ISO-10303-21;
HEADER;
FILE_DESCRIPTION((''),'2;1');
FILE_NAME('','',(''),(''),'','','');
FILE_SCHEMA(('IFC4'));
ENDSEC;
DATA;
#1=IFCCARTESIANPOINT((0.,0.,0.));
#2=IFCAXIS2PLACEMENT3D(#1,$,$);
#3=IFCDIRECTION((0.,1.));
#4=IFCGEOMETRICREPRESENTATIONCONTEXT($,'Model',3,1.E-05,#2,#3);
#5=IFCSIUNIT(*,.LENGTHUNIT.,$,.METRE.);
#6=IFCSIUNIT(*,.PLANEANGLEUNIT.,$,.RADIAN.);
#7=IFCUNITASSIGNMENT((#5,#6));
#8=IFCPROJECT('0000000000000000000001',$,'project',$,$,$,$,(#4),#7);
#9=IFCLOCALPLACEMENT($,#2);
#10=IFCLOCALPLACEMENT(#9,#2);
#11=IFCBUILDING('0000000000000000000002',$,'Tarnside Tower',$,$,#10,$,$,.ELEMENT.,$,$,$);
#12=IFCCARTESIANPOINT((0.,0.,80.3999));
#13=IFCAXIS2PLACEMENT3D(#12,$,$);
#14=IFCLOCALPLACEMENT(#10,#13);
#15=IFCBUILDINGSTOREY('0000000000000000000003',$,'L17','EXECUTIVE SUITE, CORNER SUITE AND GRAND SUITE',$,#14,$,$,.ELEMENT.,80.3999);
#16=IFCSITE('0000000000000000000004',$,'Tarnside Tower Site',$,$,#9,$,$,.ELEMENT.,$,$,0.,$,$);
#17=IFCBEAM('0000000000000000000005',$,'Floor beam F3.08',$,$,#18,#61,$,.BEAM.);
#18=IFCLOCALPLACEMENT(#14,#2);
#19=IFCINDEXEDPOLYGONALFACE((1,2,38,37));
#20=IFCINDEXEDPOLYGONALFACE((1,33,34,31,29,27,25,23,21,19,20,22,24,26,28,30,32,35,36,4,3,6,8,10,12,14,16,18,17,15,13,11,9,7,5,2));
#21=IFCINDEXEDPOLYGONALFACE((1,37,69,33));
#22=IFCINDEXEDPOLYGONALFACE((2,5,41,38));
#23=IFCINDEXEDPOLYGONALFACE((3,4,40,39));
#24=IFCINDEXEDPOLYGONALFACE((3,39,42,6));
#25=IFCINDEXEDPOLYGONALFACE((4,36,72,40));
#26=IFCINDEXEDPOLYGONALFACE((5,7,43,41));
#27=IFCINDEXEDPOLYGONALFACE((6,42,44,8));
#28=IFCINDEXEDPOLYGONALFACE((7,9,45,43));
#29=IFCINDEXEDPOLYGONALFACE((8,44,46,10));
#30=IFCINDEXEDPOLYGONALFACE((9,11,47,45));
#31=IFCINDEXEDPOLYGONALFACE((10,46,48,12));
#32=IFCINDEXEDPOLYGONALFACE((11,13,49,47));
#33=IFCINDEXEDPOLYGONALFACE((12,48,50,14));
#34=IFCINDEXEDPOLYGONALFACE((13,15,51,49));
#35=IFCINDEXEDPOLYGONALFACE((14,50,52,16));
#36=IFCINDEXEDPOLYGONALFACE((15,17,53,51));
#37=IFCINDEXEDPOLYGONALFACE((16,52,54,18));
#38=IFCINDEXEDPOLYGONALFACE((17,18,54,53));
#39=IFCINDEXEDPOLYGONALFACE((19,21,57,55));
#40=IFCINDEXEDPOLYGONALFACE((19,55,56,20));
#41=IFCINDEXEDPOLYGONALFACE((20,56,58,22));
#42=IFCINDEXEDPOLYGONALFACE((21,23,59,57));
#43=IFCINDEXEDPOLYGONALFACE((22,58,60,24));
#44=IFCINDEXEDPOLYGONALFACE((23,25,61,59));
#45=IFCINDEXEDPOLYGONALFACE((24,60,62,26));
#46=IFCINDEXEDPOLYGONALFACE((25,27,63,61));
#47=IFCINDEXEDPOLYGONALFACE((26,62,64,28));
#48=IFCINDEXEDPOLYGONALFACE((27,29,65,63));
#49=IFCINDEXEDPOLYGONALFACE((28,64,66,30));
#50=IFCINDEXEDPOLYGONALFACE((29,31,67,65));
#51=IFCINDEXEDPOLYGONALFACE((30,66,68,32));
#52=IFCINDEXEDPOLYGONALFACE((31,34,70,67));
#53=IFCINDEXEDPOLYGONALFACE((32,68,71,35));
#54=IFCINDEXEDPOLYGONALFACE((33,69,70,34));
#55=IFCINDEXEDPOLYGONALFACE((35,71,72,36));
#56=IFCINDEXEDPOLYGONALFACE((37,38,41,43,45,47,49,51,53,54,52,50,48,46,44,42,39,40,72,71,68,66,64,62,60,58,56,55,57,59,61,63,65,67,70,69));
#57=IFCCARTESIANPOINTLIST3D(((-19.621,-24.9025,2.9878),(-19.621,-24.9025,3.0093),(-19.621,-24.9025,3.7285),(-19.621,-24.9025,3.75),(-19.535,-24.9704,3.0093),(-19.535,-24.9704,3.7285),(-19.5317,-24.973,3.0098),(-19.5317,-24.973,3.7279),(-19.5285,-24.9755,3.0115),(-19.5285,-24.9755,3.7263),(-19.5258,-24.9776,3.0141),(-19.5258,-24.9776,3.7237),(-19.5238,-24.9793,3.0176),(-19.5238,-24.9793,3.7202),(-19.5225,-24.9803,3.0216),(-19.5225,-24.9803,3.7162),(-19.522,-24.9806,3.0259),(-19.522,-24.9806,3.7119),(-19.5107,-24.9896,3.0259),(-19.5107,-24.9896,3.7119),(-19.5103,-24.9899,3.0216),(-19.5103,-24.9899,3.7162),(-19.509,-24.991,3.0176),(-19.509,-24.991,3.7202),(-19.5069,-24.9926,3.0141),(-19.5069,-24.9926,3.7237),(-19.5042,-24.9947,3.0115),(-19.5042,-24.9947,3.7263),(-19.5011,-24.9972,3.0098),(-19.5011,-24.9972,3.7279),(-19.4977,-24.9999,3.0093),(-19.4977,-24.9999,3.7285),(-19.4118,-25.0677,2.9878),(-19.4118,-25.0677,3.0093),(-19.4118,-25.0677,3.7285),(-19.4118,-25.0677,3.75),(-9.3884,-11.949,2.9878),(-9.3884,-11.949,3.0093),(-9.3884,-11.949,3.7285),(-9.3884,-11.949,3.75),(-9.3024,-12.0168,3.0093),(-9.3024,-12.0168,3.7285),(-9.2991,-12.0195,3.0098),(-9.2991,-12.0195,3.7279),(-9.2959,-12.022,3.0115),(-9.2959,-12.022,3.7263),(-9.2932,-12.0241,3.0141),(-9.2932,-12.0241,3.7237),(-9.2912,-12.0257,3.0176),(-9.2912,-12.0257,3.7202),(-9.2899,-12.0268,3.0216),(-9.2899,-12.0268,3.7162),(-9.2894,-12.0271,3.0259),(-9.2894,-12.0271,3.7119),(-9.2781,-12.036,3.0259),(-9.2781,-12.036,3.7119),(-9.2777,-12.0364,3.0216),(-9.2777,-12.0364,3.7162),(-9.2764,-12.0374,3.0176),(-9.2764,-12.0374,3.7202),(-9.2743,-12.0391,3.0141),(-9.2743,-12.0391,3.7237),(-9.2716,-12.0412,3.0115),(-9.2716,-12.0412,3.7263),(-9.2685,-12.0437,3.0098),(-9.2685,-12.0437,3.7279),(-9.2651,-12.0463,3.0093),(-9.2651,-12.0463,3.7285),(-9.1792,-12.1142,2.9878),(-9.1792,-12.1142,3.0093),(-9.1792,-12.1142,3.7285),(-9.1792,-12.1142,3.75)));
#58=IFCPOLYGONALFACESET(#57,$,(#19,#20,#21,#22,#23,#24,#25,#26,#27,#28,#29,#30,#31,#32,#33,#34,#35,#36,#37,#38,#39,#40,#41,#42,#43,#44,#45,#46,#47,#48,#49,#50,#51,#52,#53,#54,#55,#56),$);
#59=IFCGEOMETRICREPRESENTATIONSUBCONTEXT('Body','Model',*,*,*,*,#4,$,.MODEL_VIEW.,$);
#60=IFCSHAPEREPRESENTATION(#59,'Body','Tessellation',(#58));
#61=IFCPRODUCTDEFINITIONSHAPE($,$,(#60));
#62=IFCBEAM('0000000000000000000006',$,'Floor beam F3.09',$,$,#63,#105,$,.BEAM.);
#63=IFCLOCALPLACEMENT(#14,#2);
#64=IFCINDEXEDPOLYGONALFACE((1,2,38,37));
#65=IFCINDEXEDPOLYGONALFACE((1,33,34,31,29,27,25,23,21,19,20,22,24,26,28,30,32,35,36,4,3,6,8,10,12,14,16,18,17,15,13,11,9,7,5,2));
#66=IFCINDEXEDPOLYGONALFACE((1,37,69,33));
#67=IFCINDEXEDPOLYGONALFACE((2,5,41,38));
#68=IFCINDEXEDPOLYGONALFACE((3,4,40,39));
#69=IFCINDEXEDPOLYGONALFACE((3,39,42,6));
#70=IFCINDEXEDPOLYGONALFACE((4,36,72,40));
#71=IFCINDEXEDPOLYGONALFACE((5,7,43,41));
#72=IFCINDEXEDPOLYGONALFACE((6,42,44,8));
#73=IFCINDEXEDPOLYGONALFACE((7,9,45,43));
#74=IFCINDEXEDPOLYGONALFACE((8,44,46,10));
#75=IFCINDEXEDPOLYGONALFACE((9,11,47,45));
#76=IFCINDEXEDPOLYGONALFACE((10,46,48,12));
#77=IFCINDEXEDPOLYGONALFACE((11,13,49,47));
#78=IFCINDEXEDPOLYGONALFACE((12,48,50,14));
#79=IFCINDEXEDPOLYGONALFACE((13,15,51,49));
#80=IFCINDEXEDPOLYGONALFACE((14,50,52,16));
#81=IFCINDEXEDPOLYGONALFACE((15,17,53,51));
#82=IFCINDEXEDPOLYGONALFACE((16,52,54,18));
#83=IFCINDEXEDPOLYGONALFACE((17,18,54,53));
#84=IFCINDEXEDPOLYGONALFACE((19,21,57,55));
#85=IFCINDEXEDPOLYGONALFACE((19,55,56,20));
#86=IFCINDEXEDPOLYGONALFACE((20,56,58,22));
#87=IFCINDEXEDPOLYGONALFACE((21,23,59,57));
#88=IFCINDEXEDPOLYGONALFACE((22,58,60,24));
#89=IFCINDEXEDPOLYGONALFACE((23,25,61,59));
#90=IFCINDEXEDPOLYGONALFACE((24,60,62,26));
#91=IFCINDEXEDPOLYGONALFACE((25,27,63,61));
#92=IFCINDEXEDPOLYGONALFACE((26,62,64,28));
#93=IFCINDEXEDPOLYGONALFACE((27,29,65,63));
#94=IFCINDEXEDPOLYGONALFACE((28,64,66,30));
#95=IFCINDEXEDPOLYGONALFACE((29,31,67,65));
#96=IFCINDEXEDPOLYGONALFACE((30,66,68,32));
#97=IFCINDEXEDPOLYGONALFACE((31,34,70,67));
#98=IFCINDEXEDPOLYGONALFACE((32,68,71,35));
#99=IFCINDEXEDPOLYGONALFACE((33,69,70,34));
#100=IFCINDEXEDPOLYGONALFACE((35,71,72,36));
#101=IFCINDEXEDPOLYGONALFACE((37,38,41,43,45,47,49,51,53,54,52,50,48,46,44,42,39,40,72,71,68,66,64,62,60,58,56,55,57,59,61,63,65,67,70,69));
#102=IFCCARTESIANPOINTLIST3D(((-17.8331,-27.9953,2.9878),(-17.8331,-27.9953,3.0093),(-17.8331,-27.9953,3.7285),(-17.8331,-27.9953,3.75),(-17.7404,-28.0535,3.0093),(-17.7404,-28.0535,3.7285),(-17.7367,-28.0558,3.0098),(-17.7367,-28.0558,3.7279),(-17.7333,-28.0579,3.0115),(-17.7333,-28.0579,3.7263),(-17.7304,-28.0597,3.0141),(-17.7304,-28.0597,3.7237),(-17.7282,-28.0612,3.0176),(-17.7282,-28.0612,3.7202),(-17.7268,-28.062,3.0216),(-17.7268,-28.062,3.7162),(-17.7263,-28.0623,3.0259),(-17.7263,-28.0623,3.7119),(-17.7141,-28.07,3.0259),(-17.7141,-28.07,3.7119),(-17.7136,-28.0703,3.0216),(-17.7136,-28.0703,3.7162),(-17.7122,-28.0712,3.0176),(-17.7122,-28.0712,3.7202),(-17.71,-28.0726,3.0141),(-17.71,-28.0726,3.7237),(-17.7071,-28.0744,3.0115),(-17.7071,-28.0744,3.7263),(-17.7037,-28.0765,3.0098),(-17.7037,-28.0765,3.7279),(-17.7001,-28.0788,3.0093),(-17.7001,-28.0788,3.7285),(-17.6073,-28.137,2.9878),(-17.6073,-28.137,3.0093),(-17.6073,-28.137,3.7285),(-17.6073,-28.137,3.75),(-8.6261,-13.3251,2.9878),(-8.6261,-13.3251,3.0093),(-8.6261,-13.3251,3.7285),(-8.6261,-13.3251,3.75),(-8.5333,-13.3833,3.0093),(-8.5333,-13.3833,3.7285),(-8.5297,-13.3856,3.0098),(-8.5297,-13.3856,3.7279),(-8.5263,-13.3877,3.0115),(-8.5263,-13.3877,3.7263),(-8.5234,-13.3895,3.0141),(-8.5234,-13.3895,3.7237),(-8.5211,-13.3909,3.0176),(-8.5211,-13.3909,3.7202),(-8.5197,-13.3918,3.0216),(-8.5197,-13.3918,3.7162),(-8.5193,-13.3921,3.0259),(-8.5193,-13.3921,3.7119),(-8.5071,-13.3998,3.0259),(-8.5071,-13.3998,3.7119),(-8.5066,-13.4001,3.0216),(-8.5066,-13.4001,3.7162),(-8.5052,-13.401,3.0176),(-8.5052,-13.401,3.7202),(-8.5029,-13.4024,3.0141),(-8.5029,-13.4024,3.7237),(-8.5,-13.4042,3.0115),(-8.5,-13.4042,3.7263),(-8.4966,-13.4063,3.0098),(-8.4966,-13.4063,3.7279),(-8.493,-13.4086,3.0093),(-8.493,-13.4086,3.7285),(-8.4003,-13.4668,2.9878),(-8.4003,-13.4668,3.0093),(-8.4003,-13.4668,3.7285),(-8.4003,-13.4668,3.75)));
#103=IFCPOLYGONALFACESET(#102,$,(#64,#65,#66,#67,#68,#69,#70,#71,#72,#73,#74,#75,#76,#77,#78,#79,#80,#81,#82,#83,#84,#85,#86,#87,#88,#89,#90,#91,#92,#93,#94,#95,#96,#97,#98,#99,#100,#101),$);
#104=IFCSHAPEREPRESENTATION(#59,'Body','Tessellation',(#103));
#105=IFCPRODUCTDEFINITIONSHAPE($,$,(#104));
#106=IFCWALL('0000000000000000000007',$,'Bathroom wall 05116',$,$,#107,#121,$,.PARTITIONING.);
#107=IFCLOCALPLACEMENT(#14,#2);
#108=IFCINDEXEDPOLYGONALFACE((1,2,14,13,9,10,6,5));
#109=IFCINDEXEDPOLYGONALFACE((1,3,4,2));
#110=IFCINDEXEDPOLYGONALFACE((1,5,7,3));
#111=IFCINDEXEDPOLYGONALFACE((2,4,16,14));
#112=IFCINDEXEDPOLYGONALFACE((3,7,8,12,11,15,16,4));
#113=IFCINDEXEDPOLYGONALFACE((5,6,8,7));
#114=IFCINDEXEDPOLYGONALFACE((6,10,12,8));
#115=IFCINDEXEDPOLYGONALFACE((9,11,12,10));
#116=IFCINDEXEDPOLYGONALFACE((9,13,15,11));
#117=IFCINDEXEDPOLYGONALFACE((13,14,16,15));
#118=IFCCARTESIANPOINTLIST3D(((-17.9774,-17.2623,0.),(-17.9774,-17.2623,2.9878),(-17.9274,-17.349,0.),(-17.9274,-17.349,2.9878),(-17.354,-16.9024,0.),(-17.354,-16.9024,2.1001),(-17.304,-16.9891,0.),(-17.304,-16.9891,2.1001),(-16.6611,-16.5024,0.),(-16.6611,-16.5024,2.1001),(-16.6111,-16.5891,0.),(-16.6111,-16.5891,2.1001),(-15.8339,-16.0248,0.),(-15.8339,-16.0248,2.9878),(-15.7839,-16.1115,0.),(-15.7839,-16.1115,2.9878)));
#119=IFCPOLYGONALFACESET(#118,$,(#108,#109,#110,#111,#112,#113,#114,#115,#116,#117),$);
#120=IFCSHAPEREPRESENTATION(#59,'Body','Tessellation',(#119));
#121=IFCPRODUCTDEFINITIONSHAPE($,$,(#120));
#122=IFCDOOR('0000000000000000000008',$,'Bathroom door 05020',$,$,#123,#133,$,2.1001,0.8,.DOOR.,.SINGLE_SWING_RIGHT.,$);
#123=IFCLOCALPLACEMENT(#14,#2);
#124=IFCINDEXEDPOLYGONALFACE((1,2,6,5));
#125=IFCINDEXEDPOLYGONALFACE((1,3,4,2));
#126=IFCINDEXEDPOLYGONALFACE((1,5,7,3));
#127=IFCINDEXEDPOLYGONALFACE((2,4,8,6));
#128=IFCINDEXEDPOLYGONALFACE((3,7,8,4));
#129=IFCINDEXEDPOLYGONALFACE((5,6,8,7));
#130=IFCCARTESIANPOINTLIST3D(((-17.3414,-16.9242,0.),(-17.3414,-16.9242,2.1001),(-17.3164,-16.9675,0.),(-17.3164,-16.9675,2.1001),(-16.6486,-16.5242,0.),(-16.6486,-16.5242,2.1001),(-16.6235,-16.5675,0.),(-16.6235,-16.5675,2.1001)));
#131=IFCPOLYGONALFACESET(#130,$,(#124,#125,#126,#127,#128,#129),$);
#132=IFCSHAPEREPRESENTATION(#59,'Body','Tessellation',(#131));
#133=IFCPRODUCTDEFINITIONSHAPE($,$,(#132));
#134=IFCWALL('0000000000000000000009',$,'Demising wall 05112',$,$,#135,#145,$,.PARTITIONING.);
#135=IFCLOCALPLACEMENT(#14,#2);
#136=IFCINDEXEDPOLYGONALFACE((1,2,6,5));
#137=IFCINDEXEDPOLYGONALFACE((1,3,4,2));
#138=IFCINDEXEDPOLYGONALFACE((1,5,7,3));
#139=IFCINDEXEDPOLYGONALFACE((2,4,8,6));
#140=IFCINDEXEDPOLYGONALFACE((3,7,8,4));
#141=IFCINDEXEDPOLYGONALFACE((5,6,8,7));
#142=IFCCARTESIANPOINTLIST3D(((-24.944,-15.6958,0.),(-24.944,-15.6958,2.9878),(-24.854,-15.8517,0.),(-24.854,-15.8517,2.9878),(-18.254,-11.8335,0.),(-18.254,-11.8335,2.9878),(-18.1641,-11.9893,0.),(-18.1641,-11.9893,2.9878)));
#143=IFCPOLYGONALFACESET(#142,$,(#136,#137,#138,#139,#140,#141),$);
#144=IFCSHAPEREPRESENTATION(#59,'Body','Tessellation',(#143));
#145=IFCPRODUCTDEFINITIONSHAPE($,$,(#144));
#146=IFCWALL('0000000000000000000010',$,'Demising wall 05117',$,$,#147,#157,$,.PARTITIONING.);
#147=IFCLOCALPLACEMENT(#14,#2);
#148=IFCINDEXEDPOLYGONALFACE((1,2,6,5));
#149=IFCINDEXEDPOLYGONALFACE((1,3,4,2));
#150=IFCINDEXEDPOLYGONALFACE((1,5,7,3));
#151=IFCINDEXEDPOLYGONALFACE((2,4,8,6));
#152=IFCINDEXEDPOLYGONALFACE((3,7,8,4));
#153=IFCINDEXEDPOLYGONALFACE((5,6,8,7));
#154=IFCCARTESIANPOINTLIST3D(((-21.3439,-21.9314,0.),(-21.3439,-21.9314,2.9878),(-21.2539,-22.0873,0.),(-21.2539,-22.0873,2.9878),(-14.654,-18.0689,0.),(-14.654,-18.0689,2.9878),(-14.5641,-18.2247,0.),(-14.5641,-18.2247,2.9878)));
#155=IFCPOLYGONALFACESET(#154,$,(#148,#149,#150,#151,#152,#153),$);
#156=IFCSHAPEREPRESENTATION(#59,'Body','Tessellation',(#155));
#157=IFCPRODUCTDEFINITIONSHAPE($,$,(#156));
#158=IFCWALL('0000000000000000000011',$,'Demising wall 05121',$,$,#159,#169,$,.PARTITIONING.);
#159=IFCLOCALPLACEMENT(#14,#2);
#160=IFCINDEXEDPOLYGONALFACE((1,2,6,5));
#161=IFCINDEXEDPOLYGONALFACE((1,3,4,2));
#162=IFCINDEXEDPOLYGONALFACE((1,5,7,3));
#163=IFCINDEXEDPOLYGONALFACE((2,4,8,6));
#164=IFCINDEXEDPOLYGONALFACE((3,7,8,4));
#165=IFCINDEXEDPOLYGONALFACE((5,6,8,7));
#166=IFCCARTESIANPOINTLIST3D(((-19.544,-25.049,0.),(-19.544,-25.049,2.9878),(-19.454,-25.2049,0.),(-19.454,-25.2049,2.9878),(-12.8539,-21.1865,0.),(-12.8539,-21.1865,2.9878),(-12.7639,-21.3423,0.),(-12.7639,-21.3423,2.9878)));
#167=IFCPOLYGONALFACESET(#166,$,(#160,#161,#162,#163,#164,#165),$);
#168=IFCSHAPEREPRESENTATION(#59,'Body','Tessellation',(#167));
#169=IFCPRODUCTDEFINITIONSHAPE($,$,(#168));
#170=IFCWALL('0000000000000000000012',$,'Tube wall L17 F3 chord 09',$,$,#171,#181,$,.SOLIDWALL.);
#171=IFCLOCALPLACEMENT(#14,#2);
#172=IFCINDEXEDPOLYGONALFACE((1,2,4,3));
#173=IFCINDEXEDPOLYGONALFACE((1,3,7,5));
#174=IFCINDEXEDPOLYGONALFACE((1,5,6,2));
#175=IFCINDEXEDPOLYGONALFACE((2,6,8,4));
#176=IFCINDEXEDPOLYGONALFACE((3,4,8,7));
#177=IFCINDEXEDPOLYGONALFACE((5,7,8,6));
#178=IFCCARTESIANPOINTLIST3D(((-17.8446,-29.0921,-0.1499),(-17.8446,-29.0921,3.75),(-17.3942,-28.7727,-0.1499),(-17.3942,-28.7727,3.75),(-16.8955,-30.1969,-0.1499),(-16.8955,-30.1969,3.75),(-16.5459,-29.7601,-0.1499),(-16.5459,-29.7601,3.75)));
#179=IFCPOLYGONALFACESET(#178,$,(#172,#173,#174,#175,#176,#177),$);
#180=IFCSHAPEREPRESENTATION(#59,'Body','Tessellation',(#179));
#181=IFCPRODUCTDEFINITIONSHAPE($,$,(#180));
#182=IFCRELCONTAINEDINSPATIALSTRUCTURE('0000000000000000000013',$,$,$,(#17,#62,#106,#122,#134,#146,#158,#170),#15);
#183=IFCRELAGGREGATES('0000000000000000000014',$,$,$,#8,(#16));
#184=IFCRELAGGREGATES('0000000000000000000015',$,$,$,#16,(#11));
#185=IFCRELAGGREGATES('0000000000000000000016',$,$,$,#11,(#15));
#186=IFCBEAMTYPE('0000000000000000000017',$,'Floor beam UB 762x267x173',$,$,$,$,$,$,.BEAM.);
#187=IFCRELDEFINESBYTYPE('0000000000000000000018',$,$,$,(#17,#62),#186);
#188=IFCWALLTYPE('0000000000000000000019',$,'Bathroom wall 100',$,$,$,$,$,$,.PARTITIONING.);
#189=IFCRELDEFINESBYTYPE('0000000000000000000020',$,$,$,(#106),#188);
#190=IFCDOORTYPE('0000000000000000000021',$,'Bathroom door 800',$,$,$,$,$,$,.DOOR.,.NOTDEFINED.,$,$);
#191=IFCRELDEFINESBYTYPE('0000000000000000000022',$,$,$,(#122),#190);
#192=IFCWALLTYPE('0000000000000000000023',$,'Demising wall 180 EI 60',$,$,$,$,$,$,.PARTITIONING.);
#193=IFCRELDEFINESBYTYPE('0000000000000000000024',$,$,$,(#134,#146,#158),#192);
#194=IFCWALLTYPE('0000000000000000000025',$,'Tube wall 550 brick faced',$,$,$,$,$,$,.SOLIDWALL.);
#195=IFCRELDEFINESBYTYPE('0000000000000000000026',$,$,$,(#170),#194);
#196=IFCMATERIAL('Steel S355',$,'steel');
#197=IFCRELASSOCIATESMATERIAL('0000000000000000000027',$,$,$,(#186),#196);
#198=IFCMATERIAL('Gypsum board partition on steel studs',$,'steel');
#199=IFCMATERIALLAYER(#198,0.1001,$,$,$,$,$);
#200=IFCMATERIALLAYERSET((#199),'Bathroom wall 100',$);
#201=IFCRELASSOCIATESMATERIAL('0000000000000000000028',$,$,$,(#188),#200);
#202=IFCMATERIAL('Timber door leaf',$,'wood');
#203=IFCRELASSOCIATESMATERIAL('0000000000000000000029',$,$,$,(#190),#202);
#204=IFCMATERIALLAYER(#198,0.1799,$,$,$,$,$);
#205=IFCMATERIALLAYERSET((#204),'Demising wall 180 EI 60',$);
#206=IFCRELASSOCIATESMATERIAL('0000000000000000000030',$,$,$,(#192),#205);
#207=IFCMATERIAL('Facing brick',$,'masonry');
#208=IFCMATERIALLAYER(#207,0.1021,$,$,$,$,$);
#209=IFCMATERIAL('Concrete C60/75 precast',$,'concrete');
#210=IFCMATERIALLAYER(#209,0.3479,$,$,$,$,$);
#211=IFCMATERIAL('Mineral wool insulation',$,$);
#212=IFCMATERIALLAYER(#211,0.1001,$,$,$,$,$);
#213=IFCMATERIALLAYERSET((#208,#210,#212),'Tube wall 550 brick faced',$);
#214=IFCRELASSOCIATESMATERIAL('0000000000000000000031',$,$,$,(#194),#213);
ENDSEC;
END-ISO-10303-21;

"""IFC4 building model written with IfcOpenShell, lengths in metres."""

from ifc_helpers import new_model, si_unit, direction, frame, frame_2d, origin, origin_2d, place, context, subcontext, project, spatial, polyline, rectangle, i_section, outline, extrude, material, layer, layer_set, material_profile, profile_set, type_object, element, fill, save


model = new_model("IFC4")

# Units and contexts
model_context = context("Model", 3, precision=1e-05, world=origin(), true_north=direction((0.0, 1.0)))
body_context = subcontext(model_context, "Body", "Model", "MODEL_VIEW")
ifc_project = project(units=[si_unit("LENGTHUNIT", "METRE"), si_unit("PLANEANGLEUNIT", "RADIAN")], contexts=[model_context])

# Site, building, storey
site_placement = place(None, origin())
site = spatial("IfcSite", under=ifc_project, at=site_placement, Name="Tarnside Tower Site", CompositionType="ELEMENT", RefElevation=0.0)
building_placement = place(site_placement, origin())
building = spatial("IfcBuilding", under=site, at=building_placement, Name="Tarnside Tower", CompositionType="ELEMENT")
storey_placement = place(building_placement, frame((0.0, 0.0, 80.3999)))
storey = spatial("IfcBuildingStorey", under=building, at=storey_placement, Name="L17", Description="EXECUTIVE SUITE, CORNER SUITE AND GRAND SUITE", CompositionType="ELEMENT", Elevation=80.3999)

# Beams
ifc_material_1 = material(Name="Steel S355", Category="steel")
ifc_material_profile_1 = material_profile(ifc_material_1, i_section(OverallWidth=0.2666, OverallDepth=0.7622, WebThickness=0.0144, FlangeThickness=0.0215, FilletRadius=0.0166, at=origin_2d()), Name="UB 762x267x173")
ifc_profile_set_1 = profile_set([ifc_material_profile_1], Name="Steel S355")
beam_type_1 = type_object("IfcBeamType", Name="Floor beam UB 762x267x173", PredefinedType="BEAM", material=ifc_profile_set_1)
beam_1_placement = place(storey_placement, frame((-19.5164, -24.9851, 3.3689), z_axis=(0.619873, 0.784702, 0.0), x_axis=(-0.784702, 0.619873, 0.0)))
element("IfcBeam", 1, at=beam_1_placement, inside=storey, type_object=beam_type_1, Name="Floor beam F3.08", PredefinedType="BEAM", context=body_context, shape_type="SweptSolid", body=[
    extrude(i_section(OverallWidth=0.2666, OverallDepth=0.7622, WebThickness=0.0144, FlangeThickness=0.0215, FilletRadius=0.0166, at=origin_2d()), origin(), (0.0, 0.0, 1.0), 16.5076),
])
beam_2_placement = place(storey_placement, frame((-17.7202, -28.0662, 3.3689), z_axis=(0.531583, 0.847006, 0.0), x_axis=(-0.847006, 0.531583, 0.0)))
element("IfcBeam", 2, at=beam_2_placement, inside=storey, type_object=beam_type_1, Name="Floor beam F3.09", PredefinedType="BEAM", context=body_context, shape_type="SweptSolid", body=[
    extrude(i_section(OverallWidth=0.2666, OverallDepth=0.7622, WebThickness=0.0144, FlangeThickness=0.0215, FilletRadius=0.0166, at=origin_2d()), origin(), (0.0, 0.0, 1.0), 17.3201),
])

# Wall, opening, door
ifc_material_2 = material(Name="Gypsum board partition on steel studs", Category="steel")
ifc_layer_1 = layer(ifc_material_2, 0.1001)
ifc_layer_set_1 = layer_set([ifc_layer_1], Name="Bathroom wall 100")
wall_type_1 = type_object("IfcWallType", Name="Bathroom wall 100", PredefinedType="PARTITIONING", material=ifc_layer_set_1)
wall_1_placement = place(storey_placement, frame((-17.9524, -17.3057, 0.0), z_axis=(0.0, 0.0, 1.0), x_axis=(0.866031, 0.49999, 0.0)))
wall_1 = element("IfcWall", 3, at=wall_1_placement, inside=storey, type_object=wall_type_1, Name="Bathroom wall 05116", PredefinedType="PARTITIONING", context=body_context, shape_type="SweptSolid", body=[
    extrude(rectangle(XDim=2.4751, YDim=0.1001, at=frame_2d((1.2375, 0.0))), origin(), (0.0, 0.0, 1.0), 2.9878),
])
opening_placement = place(wall_1_placement, frame((0.72, 0.0, 0.0)))
opening = element("IfcOpeningElement", 4, at=opening_placement, cuts=wall_1, PredefinedType="OPENING", context=body_context, shape_type="SweptSolid", body=[
    extrude(rectangle(XDim=0.8, YDim=2.1001, at=frame_2d((0.3999, 1.05))), frame((0.0, 0.0601, 0.0), z_axis=(0.0, -1.0, 0.0), x_axis=(1.0, 0.0, 0.0)), (0.0, 0.0, 1.0), 0.1201),
])
ifc_material_3 = material(Name="Timber door leaf", Category="wood")
door_type = type_object("IfcDoorType", Name="Bathroom door 800", OperationType="NOTDEFINED", PredefinedType="DOOR", material=ifc_material_3)
door_placement = place(opening_placement, origin())
door = element("IfcDoor", 5, at=door_placement, inside=storey, type_object=door_type, Name="Bathroom door 05020", OperationType="SINGLE_SWING_RIGHT", OverallHeight=2.1001, OverallWidth=0.8, PredefinedType="DOOR", context=body_context, shape_type="SweptSolid", body=[
    extrude(rectangle(XDim=0.8, YDim=2.1001, at=frame_2d((0.3999, 1.05))), frame((0.0, 0.0249, 0.0), z_axis=(0.0, -1.0, 0.0), x_axis=(1.0, 0.0, 0.0)), (0.0, 0.0, 1.0), 0.05),
])
fill(opening, door)

# Walls
ifc_layer_2 = layer(ifc_material_2, 0.1799)
ifc_layer_set_2 = layer_set([ifc_layer_2], Name="Demising wall 180 EI 60")
wall_type_2 = type_object("IfcWallType", Name="Demising wall 180 EI 60", PredefinedType="PARTITIONING", material=ifc_layer_set_2)
for number, where, z_axis, x_axis, name in (
    (6, (-24.8989, -15.7737, 0.0), (0.0, 0.0, 1.0), (0.866033, 0.499987, 0.0), "Demising wall 05112"),
    (7, (-21.2988, -22.0093, 0.0), (0.0, 0.0, 1.0), (0.866019, 0.500011, 0.0), "Demising wall 05117"),
):
    element("IfcWall", number, at=place(storey_placement, frame(where, z_axis=z_axis, x_axis=x_axis)), inside=storey, type_object=wall_type_2, Name=name, PredefinedType="PARTITIONING", context=body_context, shape_type="SweptSolid", body=[
        extrude(rectangle(XDim=7.7249, YDim=0.1799, at=frame_2d((3.8623, 0.0))), origin(), (0.0, 0.0, 1.0), 2.9878),
    ])
wall_2_placement = place(storey_placement, frame((-19.499, -25.127, 0.0), z_axis=(0.0, 0.0, 1.0), x_axis=(0.866027, 0.499997, 0.0)))
element("IfcWall", 8, at=wall_2_placement, inside=storey, type_object=wall_type_2, Name="Demising wall 05121", PredefinedType="PARTITIONING", context=body_context, shape_type="SweptSolid", body=[
    extrude(rectangle(XDim=7.7251, YDim=0.1799, at=frame_2d((3.8625, 0.0))), origin(), (0.0, 0.0, 1.0), 2.9878),
])
ifc_material_4 = material(Name="Facing brick", Category="masonry")
ifc_layer_3 = layer(ifc_material_4, 0.1021)
ifc_material_5 = material(Name="Concrete C60/75 precast", Category="concrete")
ifc_layer_4 = layer(ifc_material_5, 0.3479)
ifc_material_6 = material(Name="Mineral wool insulation")
ifc_layer_5 = layer(ifc_material_6, 0.1001)
ifc_layer_set_3 = layer_set([ifc_layer_3, ifc_layer_4, ifc_layer_5], Name="Tube wall 550 brick faced")
wall_type_3 = type_object("IfcWallType", Name="Tube wall 550 brick faced", PredefinedType="SOLIDWALL", material=ifc_layer_set_3)
wall_3_placement = place(storey_placement, frame((-17.6194, -28.9324, -0.1499), z_axis=(0.0, 0.0, 1.0), x_axis=(0.651622, -0.758544, 0.0)))
element("IfcWall", 9, at=wall_3_placement, inside=storey, type_object=wall_type_3, Name="Tube wall L17 F3 chord 09", PredefinedType="SOLIDWALL", context=body_context, shape_type="SweptSolid", body=[
    extrude(outline(polyline([(-0.0256, -0.2749), (1.4309, -0.2749), (1.3274, 0.2749), (0.0256, 0.2749), (-0.0256, -0.2749)])), origin(), (0.0, 0.0, 1.0), 3.8999),
])

save(model, "model.ifc")
